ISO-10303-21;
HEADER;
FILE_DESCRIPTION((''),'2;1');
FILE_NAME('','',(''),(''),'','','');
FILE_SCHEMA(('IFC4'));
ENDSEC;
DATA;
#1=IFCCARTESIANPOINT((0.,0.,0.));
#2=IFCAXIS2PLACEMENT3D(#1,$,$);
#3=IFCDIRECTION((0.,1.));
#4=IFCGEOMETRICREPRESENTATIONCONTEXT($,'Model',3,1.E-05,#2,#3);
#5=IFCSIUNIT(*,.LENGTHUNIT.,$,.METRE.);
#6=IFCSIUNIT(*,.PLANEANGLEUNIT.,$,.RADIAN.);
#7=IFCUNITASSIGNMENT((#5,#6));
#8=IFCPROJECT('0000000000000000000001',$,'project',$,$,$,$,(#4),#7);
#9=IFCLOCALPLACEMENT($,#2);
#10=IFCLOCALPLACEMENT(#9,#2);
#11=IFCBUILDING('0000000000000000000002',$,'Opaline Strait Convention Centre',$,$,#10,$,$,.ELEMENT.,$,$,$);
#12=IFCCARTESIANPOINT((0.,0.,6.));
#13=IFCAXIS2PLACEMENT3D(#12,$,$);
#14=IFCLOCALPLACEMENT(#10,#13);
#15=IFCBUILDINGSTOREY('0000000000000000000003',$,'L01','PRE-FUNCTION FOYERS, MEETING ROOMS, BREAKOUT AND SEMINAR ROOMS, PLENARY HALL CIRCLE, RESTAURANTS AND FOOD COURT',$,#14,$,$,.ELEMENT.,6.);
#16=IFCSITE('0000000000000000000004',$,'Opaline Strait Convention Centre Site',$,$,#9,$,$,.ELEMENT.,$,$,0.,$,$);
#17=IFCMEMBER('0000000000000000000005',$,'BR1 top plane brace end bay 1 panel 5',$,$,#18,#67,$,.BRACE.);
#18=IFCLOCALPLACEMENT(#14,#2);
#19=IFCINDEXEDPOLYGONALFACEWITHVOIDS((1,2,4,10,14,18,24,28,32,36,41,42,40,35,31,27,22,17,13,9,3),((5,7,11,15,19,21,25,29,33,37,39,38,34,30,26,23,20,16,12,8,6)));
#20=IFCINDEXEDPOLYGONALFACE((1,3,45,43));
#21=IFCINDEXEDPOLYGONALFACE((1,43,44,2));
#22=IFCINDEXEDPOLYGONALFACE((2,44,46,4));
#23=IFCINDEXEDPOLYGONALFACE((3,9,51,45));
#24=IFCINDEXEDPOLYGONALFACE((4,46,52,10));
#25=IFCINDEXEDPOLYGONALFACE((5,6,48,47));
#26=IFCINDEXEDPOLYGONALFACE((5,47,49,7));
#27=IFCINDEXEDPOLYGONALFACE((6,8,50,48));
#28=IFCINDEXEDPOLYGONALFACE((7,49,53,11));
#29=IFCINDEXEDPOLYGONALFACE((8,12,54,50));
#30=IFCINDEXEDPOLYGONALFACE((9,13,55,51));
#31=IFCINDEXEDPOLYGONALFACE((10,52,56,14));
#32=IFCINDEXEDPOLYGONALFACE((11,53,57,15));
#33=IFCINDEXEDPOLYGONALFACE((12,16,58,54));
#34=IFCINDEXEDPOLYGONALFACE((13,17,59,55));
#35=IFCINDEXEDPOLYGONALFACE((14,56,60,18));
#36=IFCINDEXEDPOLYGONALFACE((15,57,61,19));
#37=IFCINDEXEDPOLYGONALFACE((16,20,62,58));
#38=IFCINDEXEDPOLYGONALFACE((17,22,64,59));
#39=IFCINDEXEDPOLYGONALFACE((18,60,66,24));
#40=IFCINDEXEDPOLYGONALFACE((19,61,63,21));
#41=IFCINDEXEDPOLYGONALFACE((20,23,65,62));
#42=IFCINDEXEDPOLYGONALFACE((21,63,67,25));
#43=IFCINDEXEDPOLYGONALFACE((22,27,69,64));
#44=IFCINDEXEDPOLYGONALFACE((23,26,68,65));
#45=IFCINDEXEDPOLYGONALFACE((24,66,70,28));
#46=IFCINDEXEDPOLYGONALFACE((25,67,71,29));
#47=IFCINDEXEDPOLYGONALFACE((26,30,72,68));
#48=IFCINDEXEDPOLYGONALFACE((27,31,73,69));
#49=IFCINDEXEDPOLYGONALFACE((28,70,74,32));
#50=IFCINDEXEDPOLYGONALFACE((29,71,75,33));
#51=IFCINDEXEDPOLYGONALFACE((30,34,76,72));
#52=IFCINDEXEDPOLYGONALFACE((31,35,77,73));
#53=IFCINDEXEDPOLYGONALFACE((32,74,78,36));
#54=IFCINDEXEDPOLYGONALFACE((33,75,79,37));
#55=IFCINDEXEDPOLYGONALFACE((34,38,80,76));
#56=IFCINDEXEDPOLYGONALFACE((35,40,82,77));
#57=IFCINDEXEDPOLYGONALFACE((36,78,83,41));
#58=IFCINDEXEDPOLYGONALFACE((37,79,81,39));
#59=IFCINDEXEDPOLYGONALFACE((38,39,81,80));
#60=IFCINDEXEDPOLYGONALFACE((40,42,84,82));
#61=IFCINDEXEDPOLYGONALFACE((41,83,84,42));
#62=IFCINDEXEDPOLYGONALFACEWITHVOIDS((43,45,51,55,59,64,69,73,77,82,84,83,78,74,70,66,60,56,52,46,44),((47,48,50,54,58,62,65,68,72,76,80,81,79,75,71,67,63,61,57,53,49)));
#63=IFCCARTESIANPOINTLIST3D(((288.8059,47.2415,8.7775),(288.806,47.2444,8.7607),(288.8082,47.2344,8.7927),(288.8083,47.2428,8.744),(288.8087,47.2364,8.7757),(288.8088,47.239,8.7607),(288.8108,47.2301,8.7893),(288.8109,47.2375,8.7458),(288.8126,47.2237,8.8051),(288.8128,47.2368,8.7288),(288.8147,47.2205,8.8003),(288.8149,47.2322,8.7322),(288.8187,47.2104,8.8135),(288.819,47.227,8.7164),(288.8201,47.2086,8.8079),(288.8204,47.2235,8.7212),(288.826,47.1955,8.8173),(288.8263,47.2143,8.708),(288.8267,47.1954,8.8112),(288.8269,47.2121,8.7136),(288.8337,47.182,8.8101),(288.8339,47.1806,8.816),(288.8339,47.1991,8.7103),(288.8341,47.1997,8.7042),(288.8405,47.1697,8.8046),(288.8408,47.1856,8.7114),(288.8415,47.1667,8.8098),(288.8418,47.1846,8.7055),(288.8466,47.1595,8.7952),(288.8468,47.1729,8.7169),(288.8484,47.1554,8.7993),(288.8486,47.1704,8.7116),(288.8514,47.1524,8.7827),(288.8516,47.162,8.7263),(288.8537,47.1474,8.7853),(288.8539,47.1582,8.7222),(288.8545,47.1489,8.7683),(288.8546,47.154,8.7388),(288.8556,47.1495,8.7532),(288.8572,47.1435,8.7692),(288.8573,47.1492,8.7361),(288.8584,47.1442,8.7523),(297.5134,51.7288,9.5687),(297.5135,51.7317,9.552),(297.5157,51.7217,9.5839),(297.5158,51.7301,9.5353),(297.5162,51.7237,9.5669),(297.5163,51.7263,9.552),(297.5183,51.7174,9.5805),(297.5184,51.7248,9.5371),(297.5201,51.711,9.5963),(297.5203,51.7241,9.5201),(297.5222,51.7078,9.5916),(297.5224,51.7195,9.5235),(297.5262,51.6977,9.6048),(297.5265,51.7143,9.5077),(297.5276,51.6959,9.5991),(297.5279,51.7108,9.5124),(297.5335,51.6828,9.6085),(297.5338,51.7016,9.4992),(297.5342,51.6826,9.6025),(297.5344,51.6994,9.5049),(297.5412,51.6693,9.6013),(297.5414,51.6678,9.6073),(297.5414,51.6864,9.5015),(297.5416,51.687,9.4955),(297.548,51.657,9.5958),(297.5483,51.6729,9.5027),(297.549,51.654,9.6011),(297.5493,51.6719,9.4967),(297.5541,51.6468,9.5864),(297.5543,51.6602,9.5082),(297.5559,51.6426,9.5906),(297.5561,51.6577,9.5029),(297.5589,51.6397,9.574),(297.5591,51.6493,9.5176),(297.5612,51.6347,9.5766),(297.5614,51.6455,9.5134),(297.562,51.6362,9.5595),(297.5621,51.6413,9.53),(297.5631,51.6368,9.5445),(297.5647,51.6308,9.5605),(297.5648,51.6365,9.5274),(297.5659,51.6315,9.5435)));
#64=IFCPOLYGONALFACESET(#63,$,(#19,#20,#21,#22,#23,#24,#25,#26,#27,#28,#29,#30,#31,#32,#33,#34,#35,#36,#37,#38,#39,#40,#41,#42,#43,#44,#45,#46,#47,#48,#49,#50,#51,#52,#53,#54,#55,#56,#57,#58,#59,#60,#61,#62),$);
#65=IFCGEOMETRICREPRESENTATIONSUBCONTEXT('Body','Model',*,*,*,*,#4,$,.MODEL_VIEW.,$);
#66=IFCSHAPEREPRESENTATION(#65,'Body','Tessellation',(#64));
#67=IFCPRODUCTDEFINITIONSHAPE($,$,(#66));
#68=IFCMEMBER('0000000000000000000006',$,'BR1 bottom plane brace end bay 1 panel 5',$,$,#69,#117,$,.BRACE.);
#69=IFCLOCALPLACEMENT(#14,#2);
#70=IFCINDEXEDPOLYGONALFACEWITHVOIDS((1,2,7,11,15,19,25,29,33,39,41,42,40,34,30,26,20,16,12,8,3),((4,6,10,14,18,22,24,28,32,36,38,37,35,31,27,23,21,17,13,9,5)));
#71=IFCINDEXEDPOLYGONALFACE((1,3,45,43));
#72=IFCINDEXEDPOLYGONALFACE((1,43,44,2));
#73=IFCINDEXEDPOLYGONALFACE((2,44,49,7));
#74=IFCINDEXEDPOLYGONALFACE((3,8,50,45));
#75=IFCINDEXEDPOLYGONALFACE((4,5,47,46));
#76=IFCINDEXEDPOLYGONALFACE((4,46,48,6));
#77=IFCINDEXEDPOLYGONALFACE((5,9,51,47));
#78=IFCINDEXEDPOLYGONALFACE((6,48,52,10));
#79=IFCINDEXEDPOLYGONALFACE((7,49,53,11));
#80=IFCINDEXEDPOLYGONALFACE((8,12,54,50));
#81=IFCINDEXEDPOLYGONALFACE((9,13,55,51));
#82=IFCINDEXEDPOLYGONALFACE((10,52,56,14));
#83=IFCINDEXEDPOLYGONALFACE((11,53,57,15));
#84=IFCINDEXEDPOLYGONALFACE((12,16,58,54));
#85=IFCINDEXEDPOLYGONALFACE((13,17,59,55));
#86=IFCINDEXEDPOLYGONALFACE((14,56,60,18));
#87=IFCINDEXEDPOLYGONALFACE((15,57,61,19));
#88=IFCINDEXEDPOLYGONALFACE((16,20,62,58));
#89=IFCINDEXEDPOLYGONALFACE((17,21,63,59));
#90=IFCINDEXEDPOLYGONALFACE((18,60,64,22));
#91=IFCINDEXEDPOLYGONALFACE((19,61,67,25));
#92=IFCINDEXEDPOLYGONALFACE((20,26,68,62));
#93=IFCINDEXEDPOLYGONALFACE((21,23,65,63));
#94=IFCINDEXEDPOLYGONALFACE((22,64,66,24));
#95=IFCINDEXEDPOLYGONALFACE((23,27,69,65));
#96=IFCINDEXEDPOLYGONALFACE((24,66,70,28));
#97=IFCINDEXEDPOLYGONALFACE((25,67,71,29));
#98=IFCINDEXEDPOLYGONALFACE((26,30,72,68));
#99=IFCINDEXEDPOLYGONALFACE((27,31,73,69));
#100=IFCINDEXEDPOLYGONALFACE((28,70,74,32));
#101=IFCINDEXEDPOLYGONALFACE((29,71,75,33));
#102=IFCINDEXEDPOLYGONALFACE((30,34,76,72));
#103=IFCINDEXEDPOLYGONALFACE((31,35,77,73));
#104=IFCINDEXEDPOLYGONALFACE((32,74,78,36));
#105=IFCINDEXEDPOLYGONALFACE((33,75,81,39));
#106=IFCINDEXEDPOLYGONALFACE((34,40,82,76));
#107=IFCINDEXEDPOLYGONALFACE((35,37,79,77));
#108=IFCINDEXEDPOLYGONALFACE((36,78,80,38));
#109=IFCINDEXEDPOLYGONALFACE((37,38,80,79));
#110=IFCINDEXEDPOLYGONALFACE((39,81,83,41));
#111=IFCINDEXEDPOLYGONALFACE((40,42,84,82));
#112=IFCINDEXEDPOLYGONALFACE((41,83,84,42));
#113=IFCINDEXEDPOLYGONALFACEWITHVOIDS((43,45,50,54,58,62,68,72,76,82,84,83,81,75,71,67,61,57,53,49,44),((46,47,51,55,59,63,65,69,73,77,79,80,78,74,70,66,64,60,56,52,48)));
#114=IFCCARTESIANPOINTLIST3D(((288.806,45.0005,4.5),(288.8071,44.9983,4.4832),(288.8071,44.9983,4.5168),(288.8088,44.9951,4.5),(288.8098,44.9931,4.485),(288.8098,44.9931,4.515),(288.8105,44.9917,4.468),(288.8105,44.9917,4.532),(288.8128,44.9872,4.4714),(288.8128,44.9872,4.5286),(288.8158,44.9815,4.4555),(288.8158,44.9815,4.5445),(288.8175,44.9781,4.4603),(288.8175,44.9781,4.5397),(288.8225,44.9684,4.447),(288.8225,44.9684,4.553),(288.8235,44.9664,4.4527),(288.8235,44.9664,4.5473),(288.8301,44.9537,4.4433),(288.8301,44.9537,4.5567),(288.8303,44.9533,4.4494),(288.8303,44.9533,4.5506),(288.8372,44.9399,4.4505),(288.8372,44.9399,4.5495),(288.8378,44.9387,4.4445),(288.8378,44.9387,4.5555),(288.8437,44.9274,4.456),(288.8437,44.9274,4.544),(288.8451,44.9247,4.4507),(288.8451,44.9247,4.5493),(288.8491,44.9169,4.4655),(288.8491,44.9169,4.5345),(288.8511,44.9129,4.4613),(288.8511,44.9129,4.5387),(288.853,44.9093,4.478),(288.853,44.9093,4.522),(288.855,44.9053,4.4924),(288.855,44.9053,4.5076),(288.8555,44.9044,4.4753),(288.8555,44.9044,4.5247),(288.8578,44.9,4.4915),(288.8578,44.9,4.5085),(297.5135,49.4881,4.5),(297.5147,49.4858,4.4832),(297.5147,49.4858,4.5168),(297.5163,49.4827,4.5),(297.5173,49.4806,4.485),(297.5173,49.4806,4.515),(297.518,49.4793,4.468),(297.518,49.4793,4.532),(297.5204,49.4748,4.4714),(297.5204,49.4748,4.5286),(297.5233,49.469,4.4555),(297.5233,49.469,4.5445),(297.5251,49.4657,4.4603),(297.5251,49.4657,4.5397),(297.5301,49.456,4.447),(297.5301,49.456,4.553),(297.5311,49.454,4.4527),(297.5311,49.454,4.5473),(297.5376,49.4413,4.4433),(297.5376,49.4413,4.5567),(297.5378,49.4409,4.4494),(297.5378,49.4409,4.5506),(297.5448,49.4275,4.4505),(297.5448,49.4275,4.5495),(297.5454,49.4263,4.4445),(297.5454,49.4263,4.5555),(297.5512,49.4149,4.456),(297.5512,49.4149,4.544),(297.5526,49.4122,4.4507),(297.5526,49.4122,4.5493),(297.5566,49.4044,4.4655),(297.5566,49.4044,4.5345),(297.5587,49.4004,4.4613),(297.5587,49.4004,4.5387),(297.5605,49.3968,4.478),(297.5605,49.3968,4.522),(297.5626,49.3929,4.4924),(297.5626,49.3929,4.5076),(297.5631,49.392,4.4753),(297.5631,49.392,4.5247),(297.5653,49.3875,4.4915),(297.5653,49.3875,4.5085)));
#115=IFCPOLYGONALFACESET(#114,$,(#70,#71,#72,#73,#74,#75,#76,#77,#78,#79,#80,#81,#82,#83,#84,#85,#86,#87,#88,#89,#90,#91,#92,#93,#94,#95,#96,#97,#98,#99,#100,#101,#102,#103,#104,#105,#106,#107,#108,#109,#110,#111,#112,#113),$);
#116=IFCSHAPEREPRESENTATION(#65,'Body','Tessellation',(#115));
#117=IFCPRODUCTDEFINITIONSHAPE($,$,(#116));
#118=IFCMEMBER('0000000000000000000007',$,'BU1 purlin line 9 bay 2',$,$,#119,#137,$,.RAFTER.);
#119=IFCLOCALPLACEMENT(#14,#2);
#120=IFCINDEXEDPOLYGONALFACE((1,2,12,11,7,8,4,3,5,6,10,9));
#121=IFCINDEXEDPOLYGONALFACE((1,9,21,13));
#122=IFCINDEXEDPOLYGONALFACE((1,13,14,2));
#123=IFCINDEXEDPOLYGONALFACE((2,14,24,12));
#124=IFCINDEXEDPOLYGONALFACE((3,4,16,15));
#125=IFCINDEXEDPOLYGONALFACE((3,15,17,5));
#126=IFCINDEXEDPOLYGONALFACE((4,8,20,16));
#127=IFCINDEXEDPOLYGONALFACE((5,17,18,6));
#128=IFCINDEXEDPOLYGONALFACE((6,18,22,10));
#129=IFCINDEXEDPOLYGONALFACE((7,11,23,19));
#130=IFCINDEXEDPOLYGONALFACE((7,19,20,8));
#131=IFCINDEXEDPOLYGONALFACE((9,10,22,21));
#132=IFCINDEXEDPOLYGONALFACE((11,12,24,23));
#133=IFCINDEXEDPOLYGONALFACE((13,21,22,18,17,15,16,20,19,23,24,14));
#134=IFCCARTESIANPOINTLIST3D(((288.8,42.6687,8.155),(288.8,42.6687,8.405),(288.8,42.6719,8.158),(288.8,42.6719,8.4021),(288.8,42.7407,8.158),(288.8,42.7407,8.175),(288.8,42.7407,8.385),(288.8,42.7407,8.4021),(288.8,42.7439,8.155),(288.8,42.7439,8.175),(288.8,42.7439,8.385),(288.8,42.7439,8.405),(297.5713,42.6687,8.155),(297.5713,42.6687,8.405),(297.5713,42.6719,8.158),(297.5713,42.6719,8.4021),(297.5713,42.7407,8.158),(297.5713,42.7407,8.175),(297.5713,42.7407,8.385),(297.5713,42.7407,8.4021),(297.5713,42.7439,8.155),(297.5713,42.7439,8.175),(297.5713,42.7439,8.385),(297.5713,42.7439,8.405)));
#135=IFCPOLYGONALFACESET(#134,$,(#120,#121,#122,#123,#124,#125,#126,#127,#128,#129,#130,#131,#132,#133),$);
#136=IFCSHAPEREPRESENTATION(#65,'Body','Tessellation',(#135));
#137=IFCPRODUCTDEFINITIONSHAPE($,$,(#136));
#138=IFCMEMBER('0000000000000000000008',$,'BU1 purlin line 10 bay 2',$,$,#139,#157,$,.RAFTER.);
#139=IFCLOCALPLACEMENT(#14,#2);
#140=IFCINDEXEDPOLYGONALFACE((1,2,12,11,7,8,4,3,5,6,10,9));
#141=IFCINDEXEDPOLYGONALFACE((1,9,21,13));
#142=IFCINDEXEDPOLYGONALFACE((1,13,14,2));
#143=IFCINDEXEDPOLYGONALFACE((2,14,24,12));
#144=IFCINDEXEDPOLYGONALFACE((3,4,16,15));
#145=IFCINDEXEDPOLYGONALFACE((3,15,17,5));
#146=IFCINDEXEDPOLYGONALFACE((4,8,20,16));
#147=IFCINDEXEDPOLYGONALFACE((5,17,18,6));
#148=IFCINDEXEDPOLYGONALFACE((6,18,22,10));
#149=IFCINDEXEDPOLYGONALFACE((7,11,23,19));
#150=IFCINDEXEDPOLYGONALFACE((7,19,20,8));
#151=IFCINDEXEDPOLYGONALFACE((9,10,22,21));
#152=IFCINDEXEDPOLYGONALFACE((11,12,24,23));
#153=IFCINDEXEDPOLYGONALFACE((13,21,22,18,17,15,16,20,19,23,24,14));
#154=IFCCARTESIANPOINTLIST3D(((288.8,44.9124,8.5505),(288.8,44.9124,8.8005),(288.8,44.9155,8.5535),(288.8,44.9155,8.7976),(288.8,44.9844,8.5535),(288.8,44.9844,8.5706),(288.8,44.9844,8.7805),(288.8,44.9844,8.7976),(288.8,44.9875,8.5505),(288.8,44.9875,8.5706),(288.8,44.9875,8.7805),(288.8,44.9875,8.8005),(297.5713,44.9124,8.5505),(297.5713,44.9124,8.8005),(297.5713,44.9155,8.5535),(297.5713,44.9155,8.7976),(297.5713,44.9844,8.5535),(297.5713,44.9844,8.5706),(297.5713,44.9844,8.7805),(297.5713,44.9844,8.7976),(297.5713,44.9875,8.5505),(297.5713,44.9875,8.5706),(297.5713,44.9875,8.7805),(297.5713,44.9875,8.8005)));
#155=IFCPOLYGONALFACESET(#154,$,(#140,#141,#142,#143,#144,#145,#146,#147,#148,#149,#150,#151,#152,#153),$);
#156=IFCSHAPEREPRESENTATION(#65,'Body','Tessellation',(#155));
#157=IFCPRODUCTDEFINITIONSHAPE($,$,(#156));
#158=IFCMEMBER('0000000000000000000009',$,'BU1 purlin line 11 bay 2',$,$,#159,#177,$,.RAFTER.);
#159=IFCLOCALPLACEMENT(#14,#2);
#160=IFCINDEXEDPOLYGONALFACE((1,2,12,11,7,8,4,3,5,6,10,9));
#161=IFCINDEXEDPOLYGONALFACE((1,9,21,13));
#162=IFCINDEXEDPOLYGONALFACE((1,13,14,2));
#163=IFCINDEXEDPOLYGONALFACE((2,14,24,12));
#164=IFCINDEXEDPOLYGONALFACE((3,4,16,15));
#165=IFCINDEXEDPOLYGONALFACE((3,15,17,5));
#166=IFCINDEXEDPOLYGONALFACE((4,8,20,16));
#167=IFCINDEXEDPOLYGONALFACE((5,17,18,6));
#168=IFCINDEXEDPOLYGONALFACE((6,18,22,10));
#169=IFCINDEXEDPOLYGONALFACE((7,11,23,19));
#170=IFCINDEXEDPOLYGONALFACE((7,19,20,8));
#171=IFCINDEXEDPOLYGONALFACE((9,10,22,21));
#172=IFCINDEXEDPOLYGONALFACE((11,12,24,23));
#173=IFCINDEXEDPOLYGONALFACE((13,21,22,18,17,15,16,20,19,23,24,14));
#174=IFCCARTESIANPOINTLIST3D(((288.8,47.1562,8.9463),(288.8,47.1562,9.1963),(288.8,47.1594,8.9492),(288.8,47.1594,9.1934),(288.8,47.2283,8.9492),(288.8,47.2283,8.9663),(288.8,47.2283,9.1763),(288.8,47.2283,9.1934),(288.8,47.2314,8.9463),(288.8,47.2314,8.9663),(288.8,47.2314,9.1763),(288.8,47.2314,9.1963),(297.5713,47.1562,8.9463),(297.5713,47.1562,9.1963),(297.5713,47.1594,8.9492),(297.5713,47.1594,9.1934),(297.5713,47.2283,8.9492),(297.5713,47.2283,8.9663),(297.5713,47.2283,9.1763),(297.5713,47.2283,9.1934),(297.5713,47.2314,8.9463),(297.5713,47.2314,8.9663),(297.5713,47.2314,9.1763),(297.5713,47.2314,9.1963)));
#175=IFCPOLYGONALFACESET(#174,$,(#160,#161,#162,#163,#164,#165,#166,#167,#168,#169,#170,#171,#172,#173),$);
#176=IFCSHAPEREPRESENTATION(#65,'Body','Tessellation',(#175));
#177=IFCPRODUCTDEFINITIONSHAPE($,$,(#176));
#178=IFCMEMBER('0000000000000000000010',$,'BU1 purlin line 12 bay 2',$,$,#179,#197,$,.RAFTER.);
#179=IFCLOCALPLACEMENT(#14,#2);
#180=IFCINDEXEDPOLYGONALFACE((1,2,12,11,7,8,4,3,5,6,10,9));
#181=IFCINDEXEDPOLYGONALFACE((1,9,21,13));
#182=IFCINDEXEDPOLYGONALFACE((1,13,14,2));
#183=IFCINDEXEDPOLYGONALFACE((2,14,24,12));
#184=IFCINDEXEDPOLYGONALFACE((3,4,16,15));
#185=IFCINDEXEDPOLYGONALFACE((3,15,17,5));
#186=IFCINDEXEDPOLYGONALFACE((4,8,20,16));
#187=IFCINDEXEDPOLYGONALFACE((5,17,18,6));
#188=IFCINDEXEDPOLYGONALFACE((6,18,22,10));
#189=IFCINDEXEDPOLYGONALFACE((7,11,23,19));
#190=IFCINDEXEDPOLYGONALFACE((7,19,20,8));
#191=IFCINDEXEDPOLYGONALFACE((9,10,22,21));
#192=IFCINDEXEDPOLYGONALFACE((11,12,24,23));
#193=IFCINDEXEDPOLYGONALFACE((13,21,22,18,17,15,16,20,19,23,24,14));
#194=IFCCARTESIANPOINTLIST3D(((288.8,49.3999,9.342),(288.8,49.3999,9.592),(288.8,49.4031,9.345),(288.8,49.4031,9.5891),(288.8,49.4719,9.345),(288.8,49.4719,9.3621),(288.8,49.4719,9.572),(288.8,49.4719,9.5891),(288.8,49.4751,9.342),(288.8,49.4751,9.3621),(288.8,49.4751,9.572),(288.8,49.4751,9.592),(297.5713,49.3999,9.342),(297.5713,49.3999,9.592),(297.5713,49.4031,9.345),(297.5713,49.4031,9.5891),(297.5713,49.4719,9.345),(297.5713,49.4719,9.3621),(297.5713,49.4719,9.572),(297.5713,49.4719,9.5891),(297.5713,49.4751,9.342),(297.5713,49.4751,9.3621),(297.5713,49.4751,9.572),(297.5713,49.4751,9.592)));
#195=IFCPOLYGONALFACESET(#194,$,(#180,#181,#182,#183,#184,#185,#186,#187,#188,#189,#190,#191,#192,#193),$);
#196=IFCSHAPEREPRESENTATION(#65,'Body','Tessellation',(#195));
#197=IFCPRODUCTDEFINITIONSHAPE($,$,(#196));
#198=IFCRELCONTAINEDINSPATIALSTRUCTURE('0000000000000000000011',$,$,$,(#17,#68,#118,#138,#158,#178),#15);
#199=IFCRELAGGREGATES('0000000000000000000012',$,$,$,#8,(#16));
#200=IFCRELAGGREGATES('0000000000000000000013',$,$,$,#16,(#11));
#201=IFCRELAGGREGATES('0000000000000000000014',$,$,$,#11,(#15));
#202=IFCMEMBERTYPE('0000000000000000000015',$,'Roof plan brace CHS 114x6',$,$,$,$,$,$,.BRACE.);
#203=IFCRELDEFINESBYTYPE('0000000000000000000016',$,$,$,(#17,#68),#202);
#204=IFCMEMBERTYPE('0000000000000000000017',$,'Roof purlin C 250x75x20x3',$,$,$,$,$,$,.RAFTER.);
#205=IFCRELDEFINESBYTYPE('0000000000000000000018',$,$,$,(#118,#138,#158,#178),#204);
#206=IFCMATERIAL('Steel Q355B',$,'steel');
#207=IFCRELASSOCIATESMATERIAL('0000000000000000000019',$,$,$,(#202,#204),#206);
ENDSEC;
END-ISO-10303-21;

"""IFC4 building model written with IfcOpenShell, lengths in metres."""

from ifc_helpers import new_model, si_unit, direction, frame, origin, origin_2d, place, context, subcontext, project, spatial, polyline, hollow_circle, outline, extrude, material, material_profile, profile_set, type_object, element, save


model = new_model("IFC4")

# Units and contexts
model_context = context("Model", 3, precision=1e-05, world=origin(), true_north=direction((0.0, 1.0)))
body_context = subcontext(model_context, "Body", "Model", "MODEL_VIEW")
ifc_project = project(units=[si_unit("LENGTHUNIT", "METRE"), si_unit("PLANEANGLEUNIT", "RADIAN")], contexts=[model_context])

# Site, building, storey
site_placement = place(None, origin())
site = spatial("IfcSite", under=ifc_project, at=site_placement, Name="Opaline Strait Convention Centre Site", CompositionType="ELEMENT", RefElevation=0.0)
building_placement = place(site_placement, origin())
building = spatial("IfcBuilding", under=site, at=building_placement, Name="Opaline Strait Convention Centre", CompositionType="ELEMENT")
storey_placement = place(building_placement, frame((0.0, 0.0, 6.0)))
storey = spatial("IfcBuildingStorey", under=building, at=storey_placement, Name="L01", Description="PRE-FUNCTION FOYERS, MEETING ROOMS, BREAKOUT AND SEMINAR ROOMS, PLENARY HALL CIRCLE, RESTAURANTS AND FOOD COURT", CompositionType="ELEMENT", Elevation=6.0)

# Members
ifc_material_1 = material(Name="Steel Q355B", Category="steel")
ifc_material_profile_1 = material_profile(ifc_material_1, hollow_circle(Radius=0.0569, WallThickness=0.0061, at=origin_2d()), Name="CHS 114x6")
ifc_profile_set_1 = profile_set([ifc_material_profile_1], Name="Steel Q355B")
member_type_1 = type_object("IfcMemberType", Name="Roof plan brace CHS 114x6", PredefinedType="BRACE", material=ifc_profile_set_1)
member_1_placement = place(storey_placement, frame((288.832, 47.1938, 8.7607), z_axis=(0.886022, 0.4566, 0.080514), x_axis=(-0.458087, 0.888908, 0.0)))
element("IfcMember", 1, at=member_1_placement, inside=storey, type_object=member_type_1, Name="BR1 top plane brace end bay 1 panel 5", PredefinedType="BRACE", context=body_context, shape_type="SweptSolid", body=[
    extrude(hollow_circle(Radius=0.0569, WallThickness=0.0061, at=origin_2d()), origin(), (0.0, 0.0, 1.0), 9.8276),
])
member_2_placement = place(storey_placement, frame((288.832, 44.95, 4.5), z_axis=(0.888897, 0.458106, 0.0), x_axis=(-0.458106, 0.888897, 0.0)))
element("IfcMember", 2, at=member_2_placement, inside=storey, type_object=member_type_1, Name="BR1 bottom plane brace end bay 1 panel 5", PredefinedType="BRACE", context=body_context, shape_type="SweptSolid", body=[
    extrude(hollow_circle(Radius=0.0569, WallThickness=0.0061, at=origin_2d()), origin(), (0.0, 0.0, 1.0), 9.7959),
])
ifc_material_profile_2 = material_profile(ifc_material_1, outline(polyline([(-0.0376, -0.125), (0.0376, -0.125), (0.0376, -0.105), (0.0344, -0.105), (0.0344, -0.1221), (-0.0344, -0.1221), (-0.0344, 0.1221), (0.0344, 0.1221), (0.0344, 0.105), (0.0376, 0.105), (0.0376, 0.125), (-0.0376, 0.125), (-0.0376, -0.125)])), Name="C 250x75x20x3")
ifc_profile_set_2 = profile_set([ifc_material_profile_2], Name="Steel Q355B")
member_type_2 = type_object("IfcMemberType", Name="Roof purlin C 250x75x20x3", PredefinedType="RAFTER", material=ifc_profile_set_2)
for number, where, z_axis, x_axis, name in (
    (3, (288.8, 42.7063, 8.28), (1.0, 0.0, 0.0), (0.0, 1.0, 0.0), "BU1 purlin line 9 bay 2"),
    (4, (288.8, 44.95, 8.6755), (1.0, 0.0, 0.0), (0.0, 1.0, 0.0), "BU1 purlin line 10 bay 2"),
    (5, (288.8, 47.1938, 9.0713), (1.0, 0.0, 0.0), (0.0, 1.0, 0.0), "BU1 purlin line 11 bay 2"),
    (6, (288.8, 49.4375, 9.467), (1.0, 0.0, 0.0), (0.0, 1.0, 0.0), "BU1 purlin line 12 bay 2"),
):
    element("IfcMember", number, at=place(storey_placement, frame(where, z_axis=z_axis, x_axis=x_axis)), inside=storey, type_object=member_type_2, Name=name, PredefinedType="RAFTER", context=body_context, shape_type="SweptSolid", body=[
        extrude(outline(polyline([(-0.0376, -0.125), (0.0376, -0.125), (0.0376, -0.105), (0.0344, -0.105), (0.0344, -0.1221), (-0.0344, -0.1221), (-0.0344, 0.1221), (0.0344, 0.1221), (0.0344, 0.105), (0.0376, 0.105), (0.0376, 0.125), (-0.0376, 0.125), (-0.0376, -0.125)])), origin(), (0.0, 0.0, 1.0), 8.7712),
    ])

save(model, "model.ifc")
